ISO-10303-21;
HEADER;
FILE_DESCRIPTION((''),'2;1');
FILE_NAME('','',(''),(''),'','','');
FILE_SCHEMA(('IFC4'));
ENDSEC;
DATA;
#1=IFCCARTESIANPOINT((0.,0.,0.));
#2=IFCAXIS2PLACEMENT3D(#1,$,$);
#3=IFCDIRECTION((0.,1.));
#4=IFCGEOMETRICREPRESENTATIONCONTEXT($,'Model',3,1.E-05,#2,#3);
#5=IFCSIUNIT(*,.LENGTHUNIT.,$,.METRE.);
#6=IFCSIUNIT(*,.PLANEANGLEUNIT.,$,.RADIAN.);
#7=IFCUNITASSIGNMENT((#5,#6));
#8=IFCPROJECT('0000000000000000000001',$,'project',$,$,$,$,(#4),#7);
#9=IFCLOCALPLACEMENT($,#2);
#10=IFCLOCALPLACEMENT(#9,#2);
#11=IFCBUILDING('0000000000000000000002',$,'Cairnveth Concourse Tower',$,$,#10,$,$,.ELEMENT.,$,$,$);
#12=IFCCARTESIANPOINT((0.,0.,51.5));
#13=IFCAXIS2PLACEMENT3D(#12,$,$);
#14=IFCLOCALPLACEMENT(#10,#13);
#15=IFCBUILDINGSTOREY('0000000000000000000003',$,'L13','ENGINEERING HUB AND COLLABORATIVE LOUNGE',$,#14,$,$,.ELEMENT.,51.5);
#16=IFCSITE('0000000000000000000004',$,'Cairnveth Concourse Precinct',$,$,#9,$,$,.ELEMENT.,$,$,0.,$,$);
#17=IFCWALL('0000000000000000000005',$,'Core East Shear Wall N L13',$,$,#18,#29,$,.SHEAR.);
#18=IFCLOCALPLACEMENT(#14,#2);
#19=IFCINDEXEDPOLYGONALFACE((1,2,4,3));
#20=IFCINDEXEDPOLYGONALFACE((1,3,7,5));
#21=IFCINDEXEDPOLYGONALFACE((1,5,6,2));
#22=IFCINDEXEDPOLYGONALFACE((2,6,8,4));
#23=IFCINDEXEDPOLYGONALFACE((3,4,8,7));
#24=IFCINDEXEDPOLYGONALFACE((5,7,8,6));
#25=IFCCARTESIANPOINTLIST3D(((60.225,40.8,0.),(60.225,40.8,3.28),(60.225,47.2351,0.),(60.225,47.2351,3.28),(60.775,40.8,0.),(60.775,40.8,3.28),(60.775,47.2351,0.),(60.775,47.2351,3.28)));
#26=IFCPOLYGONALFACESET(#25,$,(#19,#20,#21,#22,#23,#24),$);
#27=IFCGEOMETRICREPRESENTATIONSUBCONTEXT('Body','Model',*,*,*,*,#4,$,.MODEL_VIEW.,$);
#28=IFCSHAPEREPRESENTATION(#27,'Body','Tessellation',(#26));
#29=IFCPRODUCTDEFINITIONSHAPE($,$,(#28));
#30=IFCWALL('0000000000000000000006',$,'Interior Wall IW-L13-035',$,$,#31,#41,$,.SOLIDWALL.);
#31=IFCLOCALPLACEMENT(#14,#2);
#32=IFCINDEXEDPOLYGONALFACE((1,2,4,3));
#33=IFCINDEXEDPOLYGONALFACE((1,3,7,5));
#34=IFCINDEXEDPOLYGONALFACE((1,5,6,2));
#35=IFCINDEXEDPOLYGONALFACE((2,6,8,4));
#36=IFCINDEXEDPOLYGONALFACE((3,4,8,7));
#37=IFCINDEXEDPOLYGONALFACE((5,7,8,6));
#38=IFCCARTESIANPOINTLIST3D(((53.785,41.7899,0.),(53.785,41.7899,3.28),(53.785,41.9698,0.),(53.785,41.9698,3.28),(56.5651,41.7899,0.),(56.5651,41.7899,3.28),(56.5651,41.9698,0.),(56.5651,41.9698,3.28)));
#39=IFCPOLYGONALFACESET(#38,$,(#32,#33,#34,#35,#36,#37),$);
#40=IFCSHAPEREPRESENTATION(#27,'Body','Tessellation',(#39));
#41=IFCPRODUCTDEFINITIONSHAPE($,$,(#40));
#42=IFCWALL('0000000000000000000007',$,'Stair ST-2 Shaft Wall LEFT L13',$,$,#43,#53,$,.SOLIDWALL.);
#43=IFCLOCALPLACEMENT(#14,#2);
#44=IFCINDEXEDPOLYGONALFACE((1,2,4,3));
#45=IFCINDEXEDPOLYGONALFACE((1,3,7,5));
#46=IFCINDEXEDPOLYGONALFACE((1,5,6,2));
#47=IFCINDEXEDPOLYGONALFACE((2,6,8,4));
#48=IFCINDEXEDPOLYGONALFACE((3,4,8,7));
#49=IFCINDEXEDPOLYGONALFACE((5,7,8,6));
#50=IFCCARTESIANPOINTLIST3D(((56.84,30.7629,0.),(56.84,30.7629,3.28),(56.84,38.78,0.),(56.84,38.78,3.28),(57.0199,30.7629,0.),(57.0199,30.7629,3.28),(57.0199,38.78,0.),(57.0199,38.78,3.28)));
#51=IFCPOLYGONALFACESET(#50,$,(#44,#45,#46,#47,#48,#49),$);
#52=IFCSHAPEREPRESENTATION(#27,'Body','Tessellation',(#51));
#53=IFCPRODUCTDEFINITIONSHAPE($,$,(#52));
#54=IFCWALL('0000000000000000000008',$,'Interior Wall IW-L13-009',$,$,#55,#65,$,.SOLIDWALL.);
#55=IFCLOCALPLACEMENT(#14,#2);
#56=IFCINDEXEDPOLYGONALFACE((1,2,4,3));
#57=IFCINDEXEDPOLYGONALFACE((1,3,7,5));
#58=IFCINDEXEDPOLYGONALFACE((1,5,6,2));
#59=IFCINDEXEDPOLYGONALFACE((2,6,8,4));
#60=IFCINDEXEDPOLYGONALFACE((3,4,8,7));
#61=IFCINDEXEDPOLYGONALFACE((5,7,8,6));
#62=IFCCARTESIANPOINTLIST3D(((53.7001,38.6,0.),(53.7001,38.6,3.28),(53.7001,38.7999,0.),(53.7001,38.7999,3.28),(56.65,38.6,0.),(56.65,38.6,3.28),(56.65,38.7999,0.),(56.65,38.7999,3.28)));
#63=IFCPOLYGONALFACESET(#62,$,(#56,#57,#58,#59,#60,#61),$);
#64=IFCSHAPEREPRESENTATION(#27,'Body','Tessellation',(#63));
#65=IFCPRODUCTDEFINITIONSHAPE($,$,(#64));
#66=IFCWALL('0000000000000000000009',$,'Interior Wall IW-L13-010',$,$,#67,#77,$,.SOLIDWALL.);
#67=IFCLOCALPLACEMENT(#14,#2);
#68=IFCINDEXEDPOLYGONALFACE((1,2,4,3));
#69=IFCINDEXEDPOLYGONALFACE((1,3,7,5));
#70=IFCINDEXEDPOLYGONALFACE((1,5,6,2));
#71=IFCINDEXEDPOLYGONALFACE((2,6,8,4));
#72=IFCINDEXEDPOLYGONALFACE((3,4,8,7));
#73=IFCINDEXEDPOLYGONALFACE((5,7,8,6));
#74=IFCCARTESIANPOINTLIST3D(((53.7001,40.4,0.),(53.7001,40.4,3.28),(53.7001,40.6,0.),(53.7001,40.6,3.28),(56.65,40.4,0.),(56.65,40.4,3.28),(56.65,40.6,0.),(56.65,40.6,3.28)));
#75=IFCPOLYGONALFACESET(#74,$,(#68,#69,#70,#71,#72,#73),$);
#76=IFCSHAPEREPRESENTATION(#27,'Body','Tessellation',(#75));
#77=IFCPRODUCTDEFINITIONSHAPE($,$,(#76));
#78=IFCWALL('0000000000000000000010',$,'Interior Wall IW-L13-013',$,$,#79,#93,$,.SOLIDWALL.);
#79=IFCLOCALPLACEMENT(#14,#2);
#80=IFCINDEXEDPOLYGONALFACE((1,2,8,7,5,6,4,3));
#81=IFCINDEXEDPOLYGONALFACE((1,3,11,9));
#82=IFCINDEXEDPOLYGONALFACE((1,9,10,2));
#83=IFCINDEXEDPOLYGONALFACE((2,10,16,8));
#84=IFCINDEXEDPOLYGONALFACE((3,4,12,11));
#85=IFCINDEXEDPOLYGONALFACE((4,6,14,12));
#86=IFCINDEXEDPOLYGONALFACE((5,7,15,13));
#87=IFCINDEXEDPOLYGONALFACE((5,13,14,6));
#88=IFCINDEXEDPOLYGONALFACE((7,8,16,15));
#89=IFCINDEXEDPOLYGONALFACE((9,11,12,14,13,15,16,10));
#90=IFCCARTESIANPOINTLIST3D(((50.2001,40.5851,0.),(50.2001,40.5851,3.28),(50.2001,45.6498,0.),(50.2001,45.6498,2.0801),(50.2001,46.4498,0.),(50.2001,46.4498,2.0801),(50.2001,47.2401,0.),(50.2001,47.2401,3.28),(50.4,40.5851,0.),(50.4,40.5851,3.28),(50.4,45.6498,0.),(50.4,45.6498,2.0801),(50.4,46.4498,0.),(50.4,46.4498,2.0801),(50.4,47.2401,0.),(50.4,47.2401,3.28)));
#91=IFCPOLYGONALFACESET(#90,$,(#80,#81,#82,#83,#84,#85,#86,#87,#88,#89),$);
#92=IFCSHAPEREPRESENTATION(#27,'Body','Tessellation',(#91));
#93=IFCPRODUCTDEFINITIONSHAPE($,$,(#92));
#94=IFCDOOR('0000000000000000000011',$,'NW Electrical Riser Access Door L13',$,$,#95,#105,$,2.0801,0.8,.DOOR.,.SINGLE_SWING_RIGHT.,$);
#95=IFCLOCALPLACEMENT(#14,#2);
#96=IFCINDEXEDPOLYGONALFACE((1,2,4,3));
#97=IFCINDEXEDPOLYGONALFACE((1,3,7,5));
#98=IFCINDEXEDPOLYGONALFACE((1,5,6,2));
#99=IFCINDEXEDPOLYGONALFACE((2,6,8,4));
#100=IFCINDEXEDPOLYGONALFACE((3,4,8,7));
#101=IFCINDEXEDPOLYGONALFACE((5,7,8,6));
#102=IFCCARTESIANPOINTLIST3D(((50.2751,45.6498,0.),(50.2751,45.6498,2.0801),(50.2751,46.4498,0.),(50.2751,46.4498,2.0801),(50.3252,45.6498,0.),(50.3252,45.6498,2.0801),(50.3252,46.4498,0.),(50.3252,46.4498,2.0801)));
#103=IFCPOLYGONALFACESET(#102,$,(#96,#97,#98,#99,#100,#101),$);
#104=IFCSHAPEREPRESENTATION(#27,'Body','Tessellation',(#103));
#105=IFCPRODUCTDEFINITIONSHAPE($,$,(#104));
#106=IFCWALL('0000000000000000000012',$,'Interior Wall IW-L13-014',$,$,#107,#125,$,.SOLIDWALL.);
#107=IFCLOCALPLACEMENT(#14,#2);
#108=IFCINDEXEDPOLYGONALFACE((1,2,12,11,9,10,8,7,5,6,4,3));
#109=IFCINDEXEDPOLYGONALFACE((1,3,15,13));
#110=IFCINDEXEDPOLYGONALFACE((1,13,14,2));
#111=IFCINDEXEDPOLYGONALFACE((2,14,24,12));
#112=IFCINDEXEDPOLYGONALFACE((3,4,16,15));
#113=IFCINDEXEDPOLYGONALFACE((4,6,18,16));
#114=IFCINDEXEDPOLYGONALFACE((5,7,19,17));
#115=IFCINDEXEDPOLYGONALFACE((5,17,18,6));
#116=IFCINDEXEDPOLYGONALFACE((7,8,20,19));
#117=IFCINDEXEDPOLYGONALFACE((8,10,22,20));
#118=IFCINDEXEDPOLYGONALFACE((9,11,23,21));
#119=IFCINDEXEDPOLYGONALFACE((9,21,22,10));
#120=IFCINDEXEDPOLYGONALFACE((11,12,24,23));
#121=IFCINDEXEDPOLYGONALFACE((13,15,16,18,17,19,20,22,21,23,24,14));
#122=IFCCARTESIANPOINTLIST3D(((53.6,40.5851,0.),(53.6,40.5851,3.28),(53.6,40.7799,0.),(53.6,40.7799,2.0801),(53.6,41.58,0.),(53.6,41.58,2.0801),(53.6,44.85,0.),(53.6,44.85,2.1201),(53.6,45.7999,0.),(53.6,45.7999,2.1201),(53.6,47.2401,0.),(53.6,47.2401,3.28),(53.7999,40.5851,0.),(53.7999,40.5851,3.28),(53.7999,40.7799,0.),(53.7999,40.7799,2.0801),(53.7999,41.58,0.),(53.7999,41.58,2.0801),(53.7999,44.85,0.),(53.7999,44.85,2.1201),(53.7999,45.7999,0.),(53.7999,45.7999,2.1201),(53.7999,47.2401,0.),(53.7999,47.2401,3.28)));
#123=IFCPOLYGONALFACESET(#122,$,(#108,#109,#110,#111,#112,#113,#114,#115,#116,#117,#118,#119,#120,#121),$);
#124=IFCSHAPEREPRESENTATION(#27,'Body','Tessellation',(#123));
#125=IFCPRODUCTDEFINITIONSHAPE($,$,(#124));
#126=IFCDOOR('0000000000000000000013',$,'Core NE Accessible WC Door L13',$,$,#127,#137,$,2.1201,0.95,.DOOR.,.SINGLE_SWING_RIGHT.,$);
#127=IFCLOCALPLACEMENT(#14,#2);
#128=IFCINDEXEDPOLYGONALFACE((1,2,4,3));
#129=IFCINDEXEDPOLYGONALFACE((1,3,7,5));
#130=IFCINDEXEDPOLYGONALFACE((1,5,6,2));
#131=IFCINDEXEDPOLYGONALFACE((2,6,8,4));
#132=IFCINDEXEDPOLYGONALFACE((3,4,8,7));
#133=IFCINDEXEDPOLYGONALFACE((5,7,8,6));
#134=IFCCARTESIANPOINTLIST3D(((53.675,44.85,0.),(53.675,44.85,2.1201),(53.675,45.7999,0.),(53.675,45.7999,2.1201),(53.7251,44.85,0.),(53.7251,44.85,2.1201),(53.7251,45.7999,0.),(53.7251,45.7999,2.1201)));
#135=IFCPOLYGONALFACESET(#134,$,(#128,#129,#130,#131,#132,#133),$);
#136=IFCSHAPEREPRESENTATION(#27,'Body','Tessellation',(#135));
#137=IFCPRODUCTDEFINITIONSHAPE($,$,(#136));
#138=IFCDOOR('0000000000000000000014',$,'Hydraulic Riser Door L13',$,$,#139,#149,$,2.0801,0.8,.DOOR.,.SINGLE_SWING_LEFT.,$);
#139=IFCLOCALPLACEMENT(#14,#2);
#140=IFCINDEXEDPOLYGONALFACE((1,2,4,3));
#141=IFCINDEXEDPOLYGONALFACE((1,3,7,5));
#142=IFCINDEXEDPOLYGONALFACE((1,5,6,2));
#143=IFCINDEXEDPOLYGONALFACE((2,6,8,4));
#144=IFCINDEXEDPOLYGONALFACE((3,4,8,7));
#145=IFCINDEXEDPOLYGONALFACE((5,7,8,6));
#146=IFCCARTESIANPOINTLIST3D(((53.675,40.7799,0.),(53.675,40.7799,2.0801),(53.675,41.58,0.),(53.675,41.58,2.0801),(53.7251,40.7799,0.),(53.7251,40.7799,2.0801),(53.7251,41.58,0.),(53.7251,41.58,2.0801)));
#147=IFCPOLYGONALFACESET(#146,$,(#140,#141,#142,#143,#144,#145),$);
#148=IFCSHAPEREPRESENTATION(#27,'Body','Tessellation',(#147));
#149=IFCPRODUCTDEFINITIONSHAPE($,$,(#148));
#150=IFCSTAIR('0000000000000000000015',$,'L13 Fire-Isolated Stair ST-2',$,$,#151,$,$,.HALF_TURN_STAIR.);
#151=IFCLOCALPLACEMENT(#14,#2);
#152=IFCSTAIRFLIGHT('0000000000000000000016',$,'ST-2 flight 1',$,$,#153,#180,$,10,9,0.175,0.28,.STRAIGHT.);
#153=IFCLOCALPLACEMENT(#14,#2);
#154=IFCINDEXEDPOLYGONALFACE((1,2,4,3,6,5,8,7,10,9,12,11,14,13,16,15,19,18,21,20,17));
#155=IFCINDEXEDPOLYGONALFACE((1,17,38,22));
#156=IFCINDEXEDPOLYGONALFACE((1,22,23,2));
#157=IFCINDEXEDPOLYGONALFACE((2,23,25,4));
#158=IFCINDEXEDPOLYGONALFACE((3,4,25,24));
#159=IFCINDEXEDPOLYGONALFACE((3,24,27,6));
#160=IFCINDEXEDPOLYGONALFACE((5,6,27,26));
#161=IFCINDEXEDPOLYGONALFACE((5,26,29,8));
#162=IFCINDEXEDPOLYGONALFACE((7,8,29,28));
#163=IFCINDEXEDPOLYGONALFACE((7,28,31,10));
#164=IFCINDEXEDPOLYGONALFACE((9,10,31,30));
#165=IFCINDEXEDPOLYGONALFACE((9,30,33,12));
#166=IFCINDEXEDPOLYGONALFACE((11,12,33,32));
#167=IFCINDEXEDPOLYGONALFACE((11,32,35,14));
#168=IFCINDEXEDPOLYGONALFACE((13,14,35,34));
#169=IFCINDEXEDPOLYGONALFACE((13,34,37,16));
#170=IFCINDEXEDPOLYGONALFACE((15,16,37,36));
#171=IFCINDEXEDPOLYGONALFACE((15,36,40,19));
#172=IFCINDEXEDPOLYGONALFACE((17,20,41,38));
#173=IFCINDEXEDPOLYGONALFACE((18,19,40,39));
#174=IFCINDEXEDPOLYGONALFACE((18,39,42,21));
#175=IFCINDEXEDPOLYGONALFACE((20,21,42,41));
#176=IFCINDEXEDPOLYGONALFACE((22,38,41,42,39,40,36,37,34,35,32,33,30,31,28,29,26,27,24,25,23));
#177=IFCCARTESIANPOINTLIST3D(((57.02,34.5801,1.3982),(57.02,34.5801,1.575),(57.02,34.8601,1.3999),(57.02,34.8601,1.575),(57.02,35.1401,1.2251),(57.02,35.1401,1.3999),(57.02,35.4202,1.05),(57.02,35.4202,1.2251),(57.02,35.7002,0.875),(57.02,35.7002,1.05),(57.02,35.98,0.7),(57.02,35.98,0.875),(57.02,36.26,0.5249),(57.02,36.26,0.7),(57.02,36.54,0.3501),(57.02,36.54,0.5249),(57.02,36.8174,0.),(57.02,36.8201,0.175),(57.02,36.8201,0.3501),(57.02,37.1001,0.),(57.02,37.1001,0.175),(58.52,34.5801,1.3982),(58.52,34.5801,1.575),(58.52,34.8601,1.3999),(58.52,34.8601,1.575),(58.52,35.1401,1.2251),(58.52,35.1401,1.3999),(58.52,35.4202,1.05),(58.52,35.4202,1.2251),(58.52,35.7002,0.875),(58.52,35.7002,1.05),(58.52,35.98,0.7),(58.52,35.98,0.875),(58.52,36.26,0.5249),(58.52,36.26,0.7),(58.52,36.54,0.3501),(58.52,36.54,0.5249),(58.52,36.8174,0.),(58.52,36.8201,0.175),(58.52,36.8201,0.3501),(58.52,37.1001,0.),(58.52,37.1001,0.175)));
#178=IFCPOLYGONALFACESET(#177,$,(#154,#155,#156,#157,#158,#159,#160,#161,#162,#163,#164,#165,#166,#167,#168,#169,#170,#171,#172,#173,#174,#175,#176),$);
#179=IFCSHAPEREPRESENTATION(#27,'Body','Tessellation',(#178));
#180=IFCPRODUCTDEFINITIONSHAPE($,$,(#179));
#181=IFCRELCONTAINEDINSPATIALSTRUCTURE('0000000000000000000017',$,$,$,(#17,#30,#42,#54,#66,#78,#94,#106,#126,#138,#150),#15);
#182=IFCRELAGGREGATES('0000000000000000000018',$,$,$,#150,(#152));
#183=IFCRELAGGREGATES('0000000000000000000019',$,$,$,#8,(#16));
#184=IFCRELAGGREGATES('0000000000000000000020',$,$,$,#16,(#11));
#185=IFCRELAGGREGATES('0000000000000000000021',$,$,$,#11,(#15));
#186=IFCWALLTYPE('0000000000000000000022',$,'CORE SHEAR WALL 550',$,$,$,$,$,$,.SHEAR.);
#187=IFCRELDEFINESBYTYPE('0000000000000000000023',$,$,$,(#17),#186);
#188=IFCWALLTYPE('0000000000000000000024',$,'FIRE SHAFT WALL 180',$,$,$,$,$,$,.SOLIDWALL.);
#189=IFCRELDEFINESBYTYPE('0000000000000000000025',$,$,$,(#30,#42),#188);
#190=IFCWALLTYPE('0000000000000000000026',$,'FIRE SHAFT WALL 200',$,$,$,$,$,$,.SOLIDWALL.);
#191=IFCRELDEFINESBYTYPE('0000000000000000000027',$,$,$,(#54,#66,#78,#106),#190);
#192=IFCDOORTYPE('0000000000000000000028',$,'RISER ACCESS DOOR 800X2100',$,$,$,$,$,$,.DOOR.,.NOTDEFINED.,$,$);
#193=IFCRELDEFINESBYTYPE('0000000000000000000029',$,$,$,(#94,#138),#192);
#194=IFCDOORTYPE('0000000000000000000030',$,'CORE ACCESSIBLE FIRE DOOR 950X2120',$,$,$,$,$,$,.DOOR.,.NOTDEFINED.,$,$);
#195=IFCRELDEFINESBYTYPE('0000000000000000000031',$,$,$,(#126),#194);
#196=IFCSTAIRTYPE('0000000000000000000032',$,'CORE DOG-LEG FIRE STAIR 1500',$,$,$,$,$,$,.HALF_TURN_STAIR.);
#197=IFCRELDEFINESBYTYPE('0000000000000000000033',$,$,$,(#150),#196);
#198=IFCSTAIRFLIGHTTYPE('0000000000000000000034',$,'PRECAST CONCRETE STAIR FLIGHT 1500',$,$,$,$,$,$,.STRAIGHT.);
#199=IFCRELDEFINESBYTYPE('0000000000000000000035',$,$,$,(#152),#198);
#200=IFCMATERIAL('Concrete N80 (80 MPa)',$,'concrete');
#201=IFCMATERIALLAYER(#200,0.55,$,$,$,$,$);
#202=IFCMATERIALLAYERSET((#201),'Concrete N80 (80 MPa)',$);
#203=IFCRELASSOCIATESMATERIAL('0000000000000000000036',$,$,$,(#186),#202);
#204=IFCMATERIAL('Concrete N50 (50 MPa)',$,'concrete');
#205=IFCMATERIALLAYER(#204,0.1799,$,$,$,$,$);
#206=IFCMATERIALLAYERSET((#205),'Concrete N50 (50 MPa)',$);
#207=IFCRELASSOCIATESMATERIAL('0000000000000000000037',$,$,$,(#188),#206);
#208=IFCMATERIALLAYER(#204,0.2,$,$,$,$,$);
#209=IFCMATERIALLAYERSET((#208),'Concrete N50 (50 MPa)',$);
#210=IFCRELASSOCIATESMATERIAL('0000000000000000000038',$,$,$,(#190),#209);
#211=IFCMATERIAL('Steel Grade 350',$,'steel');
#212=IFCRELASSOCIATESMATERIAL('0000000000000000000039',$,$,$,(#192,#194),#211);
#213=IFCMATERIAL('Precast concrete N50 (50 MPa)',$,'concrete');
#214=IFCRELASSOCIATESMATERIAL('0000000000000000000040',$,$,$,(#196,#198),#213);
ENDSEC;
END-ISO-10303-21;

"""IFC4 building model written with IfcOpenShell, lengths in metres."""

from ifc_helpers import new_model, si_unit, direction, frame, frame_2d, origin, place, context, subcontext, project, spatial, polyline, rectangle, outline, extrude, material, layer, layer_set, type_object, element, fill, aggregate, save


model = new_model("IFC4")

# Units and contexts
model_context = context("Model", 3, precision=1e-05, world=origin(), true_north=direction((0.0, 1.0)))
body_context = subcontext(model_context, "Body", "Model", "MODEL_VIEW")
ifc_project = project(units=[si_unit("LENGTHUNIT", "METRE"), si_unit("PLANEANGLEUNIT", "RADIAN")], contexts=[model_context])

# Site, building, storey
site_placement = place(None, origin())
site = spatial("IfcSite", under=ifc_project, at=site_placement, Name="Cairnveth Concourse Precinct", CompositionType="ELEMENT", RefElevation=0.0)
building_placement = place(site_placement, origin())
building = spatial("IfcBuilding", under=site, at=building_placement, Name="Cairnveth Concourse Tower", CompositionType="ELEMENT")
storey_placement = place(building_placement, frame((0.0, 0.0, 51.5)))
storey = spatial("IfcBuildingStorey", under=building, at=storey_placement, Name="L13", Description="ENGINEERING HUB AND COLLABORATIVE LOUNGE", CompositionType="ELEMENT", Elevation=51.5)

# Walls
ifc_material_1 = material(Name="Concrete N80 (80 MPa)", Category="concrete")
ifc_layer_1 = layer(ifc_material_1, 0.55)
ifc_layer_set_1 = layer_set([ifc_layer_1], Name="Concrete N80 (80 MPa)")
wall_type_1 = type_object("IfcWallType", Name="CORE SHEAR WALL 550", PredefinedType="SHEAR", material=ifc_layer_set_1)
wall_1_placement = place(storey_placement, frame((60.5, 40.8, 0.0), z_axis=(0.0, 0.0, 1.0), x_axis=(0.0, 1.0, 0.0)))
element("IfcWall", 1, at=wall_1_placement, inside=storey, type_object=wall_type_1, Name="Core East Shear Wall N L13", PredefinedType="SHEAR", context=body_context, shape_type="SweptSolid", body=[
    extrude(rectangle(XDim=6.4351, YDim=0.55, at=frame_2d((3.2175, 0.0))), origin(), (0.0, 0.0, 1.0), 3.28),
])
ifc_material_2 = material(Name="Concrete N50 (50 MPa)", Category="concrete")
ifc_layer_2 = layer(ifc_material_2, 0.1799)
ifc_layer_set_2 = layer_set([ifc_layer_2], Name="Concrete N50 (50 MPa)")
wall_type_2 = type_object("IfcWallType", Name="FIRE SHAFT WALL 180", PredefinedType="SOLIDWALL", material=ifc_layer_set_2)
wall_2_placement = place(storey_placement, frame((53.7849, 41.8799, 0.0), z_axis=(0.0, 0.0, 1.0), x_axis=(1.0, 0.0, 0.0)))
element("IfcWall", 2, at=wall_2_placement, inside=storey, type_object=wall_type_2, Name="Interior Wall IW-L13-035", PredefinedType="SOLIDWALL", context=body_context, shape_type="SweptSolid", body=[
    extrude(rectangle(XDim=2.78, YDim=0.1799, at=frame_2d((1.3901, 0.0))), origin(), (0.0, 0.0, 1.0), 3.28),
])

# Shared definitions
ifc_material_3 = material(Name="Steel Grade 350", Category="steel")

# Walls
wall_3_placement = place(storey_placement, frame((56.9299, 38.78, 0.0), z_axis=(0.0, 0.0, 1.0), x_axis=(0.0, -1.0, 0.0)))
element("IfcWall", 3, at=wall_3_placement, inside=storey, type_object=wall_type_2, Name="Stair ST-2 Shaft Wall LEFT L13", PredefinedType="SOLIDWALL", context=body_context, shape_type="SweptSolid", body=[
    extrude(rectangle(XDim=8.0171, YDim=0.1799, at=frame_2d((4.0085, 0.0))), origin(), (0.0, 0.0, 1.0), 3.28),
])
ifc_layer_3 = layer(ifc_material_2, 0.2)
ifc_layer_set_3 = layer_set([ifc_layer_3], Name="Concrete N50 (50 MPa)")
wall_type_3 = type_object("IfcWallType", Name="FIRE SHAFT WALL 200", PredefinedType="SOLIDWALL", material=ifc_layer_set_3)
for number, where, z_axis, x_axis, name in (
    (4, (53.7, 38.7, 0.0), (0.0, 0.0, 1.0), (1.0, 0.0, 0.0), "Interior Wall IW-L13-009"),
    (5, (53.7, 40.5, 0.0), (0.0, 0.0, 1.0), (1.0, 0.0, 0.0), "Interior Wall IW-L13-010"),
):
    element("IfcWall", number, at=place(storey_placement, frame(where, z_axis=z_axis, x_axis=x_axis)), inside=storey, type_object=wall_type_3, Name=name, PredefinedType="SOLIDWALL", context=body_context, shape_type="SweptSolid", body=[
        extrude(rectangle(XDim=2.95, YDim=0.2, at=frame_2d((1.4751, 0.0))), origin(), (0.0, 0.0, 1.0), 3.28),
    ])

# Wall, opening, door
wall_4_placement = place(storey_placement, frame((50.3, 40.585, 0.0), z_axis=(0.0, 0.0, 1.0), x_axis=(0.0, 1.0, 0.0)))
wall_4 = element("IfcWall", 6, at=wall_4_placement, inside=storey, type_object=wall_type_3, Name="Interior Wall IW-L13-013", PredefinedType="SOLIDWALL", context=body_context, shape_type="SweptSolid", body=[
    extrude(rectangle(XDim=6.655, YDim=0.2, at=frame_2d((3.3276, 0.0))), origin(), (0.0, 0.0, 1.0), 3.28),
])
opening_1_placement = place(wall_4_placement, frame((5.0649, 0.0, 0.0)))
opening_1 = element("IfcOpeningElement", 7, at=opening_1_placement, cuts=wall_4, PredefinedType="OPENING", context=body_context, shape_type="SweptSolid", body=[
    extrude(rectangle(XDim=0.8, YDim=2.0801, at=frame_2d((0.3999, 1.04))), frame((0.0, 0.1099, 0.0), z_axis=(0.0, -1.0, 0.0), x_axis=(1.0, 0.0, 0.0)), (0.0, 0.0, 1.0), 0.22),
])
door_type_1 = type_object("IfcDoorType", Name="RISER ACCESS DOOR 800X2100", OperationType="NOTDEFINED", PredefinedType="DOOR", material=ifc_material_3)
door_1_placement = place(opening_1_placement, origin())
door_1 = element("IfcDoor", 8, at=door_1_placement, inside=storey, type_object=door_type_1, Name="NW Electrical Riser Access Door L13", OperationType="SINGLE_SWING_RIGHT", OverallHeight=2.0801, OverallWidth=0.8, PredefinedType="DOOR", context=body_context, shape_type="SweptSolid", body=[
    extrude(rectangle(XDim=0.8, YDim=2.0801, at=frame_2d((0.3999, 1.04))), frame((0.0, 0.0249, 0.0), z_axis=(0.0, -1.0, 0.0), x_axis=(1.0, 0.0, 0.0)), (0.0, 0.0, 1.0), 0.05),
])
fill(opening_1, door_1)

# Wall, openings, doors
wall_5_placement = place(storey_placement, frame((53.7, 40.585, 0.0), z_axis=(0.0, 0.0, 1.0), x_axis=(0.0, 1.0, 0.0)))
wall_5 = element("IfcWall", 9, at=wall_5_placement, inside=storey, type_object=wall_type_3, Name="Interior Wall IW-L13-014", PredefinedType="SOLIDWALL", context=body_context, shape_type="SweptSolid", body=[
    extrude(rectangle(XDim=6.655, YDim=0.2, at=frame_2d((3.3276, 0.0))), origin(), (0.0, 0.0, 1.0), 3.28),
])
opening_2_placement = place(wall_5_placement, frame((0.1951, 0.0, 0.0)))
opening_2 = element("IfcOpeningElement", 10, at=opening_2_placement, cuts=wall_5, PredefinedType="OPENING", context=body_context, shape_type="SweptSolid", body=[
    extrude(rectangle(XDim=0.8, YDim=2.0801, at=frame_2d((0.3999, 1.04))), frame((0.0, 0.1099, 0.0), z_axis=(0.0, -1.0, 0.0), x_axis=(1.0, 0.0, 0.0)), (0.0, 0.0, 1.0), 0.22),
])
opening_3_placement = place(wall_5_placement, frame((4.2649, 0.0, 0.0)))
opening_3 = element("IfcOpeningElement", 11, at=opening_3_placement, cuts=wall_5, PredefinedType="OPENING", context=body_context, shape_type="SweptSolid", body=[
    extrude(rectangle(XDim=0.95, YDim=2.1201, at=frame_2d((0.4751, 1.0601))), frame((0.0, 0.1099, 0.0), z_axis=(0.0, -1.0, 0.0), x_axis=(1.0, 0.0, 0.0)), (0.0, 0.0, 1.0), 0.22),
])
door_type_2 = type_object("IfcDoorType", Name="CORE ACCESSIBLE FIRE DOOR 950X2120", OperationType="NOTDEFINED", PredefinedType="DOOR", material=ifc_material_3)
door_2_placement = place(opening_3_placement, origin())
door_2 = element("IfcDoor", 12, at=door_2_placement, inside=storey, type_object=door_type_2, Name="Core NE Accessible WC Door L13", OperationType="SINGLE_SWING_RIGHT", OverallHeight=2.1201, OverallWidth=0.95, PredefinedType="DOOR", context=body_context, shape_type="SweptSolid", body=[
    extrude(rectangle(XDim=0.95, YDim=2.1201, at=frame_2d((0.4751, 1.0601))), frame((0.0, 0.0249, 0.0), z_axis=(0.0, -1.0, 0.0), x_axis=(1.0, 0.0, 0.0)), (0.0, 0.0, 1.0), 0.05),
])
fill(opening_3, door_2)
door_3_placement = place(opening_2_placement, origin())
door_3 = element("IfcDoor", 13, at=door_3_placement, inside=storey, type_object=door_type_1, Name="Hydraulic Riser Door L13", OperationType="SINGLE_SWING_LEFT", OverallHeight=2.0801, OverallWidth=0.8, PredefinedType="DOOR", context=body_context, shape_type="SweptSolid", body=[
    extrude(rectangle(XDim=0.8, YDim=2.0801, at=frame_2d((0.3999, 1.04))), frame((0.0, 0.0249, 0.0), z_axis=(0.0, -1.0, 0.0), x_axis=(1.0, 0.0, 0.0)), (0.0, 0.0, 1.0), 0.05),
])
fill(opening_2, door_3)

# Stair, stair flight
ifc_material_4 = material(Name="Precast concrete N50 (50 MPa)", Category="concrete")
stair_type = type_object("IfcStairType", Name="CORE DOG-LEG FIRE STAIR 1500", PredefinedType="HALF_TURN_STAIR", material=ifc_material_4)
stair_placement = place(storey_placement, origin())
stair = element("IfcStair", 14, at=stair_placement, inside=storey, type_object=stair_type, Name="L13 Fire-Isolated Stair ST-2", PredefinedType="HALF_TURN_STAIR")
stair_flight_type = type_object("IfcStairFlightType", Name="PRECAST CONCRETE STAIR FLIGHT 1500", PredefinedType="STRAIGHT", material=ifc_material_4)
stair_flight_placement = place(storey_placement, frame((57.77, 37.1001, 0.0), z_axis=(0.0, 0.0, 1.0), x_axis=(0.0, -1.0, 0.0)))
stair_flight = element("IfcStairFlight", 15, at=stair_flight_placement, type_object=stair_flight_type, Name="ST-2 flight 1", NumberOfRisers=10, NumberOfTreads=9, PredefinedType="STRAIGHT", RiserHeight=0.175, TreadLength=0.28, context=body_context, shape_type="SweptSolid", body=[
    extrude(outline(polyline([(0.0, 0.0), (0.0, 0.175), (0.28, 0.175), (0.28, 0.3501), (0.5601, 0.3501), (0.5601, 0.5249), (0.8401, 0.5249), (0.8401, 0.7), (1.1201, 0.7), (1.1201, 0.875), (1.3999, 0.875), (1.3999, 1.05), (1.6799, 1.05), (1.6799, 1.2251), (1.96, 1.2251), (1.96, 1.3999), (2.24, 1.3999), (2.24, 1.575), (2.52, 1.575), (2.52, 1.75), (2.52, 1.3982), (0.2827, 0.0), (0.0, 0.0)])), frame((0.0, 0.75, 0.0), z_axis=(0.0, -1.0, 0.0), x_axis=(1.0, 0.0, 0.0)), (0.0, 0.0, 1.0), 1.5),
])
aggregate(stair, [stair_flight])

save(model, "model.ifc")
